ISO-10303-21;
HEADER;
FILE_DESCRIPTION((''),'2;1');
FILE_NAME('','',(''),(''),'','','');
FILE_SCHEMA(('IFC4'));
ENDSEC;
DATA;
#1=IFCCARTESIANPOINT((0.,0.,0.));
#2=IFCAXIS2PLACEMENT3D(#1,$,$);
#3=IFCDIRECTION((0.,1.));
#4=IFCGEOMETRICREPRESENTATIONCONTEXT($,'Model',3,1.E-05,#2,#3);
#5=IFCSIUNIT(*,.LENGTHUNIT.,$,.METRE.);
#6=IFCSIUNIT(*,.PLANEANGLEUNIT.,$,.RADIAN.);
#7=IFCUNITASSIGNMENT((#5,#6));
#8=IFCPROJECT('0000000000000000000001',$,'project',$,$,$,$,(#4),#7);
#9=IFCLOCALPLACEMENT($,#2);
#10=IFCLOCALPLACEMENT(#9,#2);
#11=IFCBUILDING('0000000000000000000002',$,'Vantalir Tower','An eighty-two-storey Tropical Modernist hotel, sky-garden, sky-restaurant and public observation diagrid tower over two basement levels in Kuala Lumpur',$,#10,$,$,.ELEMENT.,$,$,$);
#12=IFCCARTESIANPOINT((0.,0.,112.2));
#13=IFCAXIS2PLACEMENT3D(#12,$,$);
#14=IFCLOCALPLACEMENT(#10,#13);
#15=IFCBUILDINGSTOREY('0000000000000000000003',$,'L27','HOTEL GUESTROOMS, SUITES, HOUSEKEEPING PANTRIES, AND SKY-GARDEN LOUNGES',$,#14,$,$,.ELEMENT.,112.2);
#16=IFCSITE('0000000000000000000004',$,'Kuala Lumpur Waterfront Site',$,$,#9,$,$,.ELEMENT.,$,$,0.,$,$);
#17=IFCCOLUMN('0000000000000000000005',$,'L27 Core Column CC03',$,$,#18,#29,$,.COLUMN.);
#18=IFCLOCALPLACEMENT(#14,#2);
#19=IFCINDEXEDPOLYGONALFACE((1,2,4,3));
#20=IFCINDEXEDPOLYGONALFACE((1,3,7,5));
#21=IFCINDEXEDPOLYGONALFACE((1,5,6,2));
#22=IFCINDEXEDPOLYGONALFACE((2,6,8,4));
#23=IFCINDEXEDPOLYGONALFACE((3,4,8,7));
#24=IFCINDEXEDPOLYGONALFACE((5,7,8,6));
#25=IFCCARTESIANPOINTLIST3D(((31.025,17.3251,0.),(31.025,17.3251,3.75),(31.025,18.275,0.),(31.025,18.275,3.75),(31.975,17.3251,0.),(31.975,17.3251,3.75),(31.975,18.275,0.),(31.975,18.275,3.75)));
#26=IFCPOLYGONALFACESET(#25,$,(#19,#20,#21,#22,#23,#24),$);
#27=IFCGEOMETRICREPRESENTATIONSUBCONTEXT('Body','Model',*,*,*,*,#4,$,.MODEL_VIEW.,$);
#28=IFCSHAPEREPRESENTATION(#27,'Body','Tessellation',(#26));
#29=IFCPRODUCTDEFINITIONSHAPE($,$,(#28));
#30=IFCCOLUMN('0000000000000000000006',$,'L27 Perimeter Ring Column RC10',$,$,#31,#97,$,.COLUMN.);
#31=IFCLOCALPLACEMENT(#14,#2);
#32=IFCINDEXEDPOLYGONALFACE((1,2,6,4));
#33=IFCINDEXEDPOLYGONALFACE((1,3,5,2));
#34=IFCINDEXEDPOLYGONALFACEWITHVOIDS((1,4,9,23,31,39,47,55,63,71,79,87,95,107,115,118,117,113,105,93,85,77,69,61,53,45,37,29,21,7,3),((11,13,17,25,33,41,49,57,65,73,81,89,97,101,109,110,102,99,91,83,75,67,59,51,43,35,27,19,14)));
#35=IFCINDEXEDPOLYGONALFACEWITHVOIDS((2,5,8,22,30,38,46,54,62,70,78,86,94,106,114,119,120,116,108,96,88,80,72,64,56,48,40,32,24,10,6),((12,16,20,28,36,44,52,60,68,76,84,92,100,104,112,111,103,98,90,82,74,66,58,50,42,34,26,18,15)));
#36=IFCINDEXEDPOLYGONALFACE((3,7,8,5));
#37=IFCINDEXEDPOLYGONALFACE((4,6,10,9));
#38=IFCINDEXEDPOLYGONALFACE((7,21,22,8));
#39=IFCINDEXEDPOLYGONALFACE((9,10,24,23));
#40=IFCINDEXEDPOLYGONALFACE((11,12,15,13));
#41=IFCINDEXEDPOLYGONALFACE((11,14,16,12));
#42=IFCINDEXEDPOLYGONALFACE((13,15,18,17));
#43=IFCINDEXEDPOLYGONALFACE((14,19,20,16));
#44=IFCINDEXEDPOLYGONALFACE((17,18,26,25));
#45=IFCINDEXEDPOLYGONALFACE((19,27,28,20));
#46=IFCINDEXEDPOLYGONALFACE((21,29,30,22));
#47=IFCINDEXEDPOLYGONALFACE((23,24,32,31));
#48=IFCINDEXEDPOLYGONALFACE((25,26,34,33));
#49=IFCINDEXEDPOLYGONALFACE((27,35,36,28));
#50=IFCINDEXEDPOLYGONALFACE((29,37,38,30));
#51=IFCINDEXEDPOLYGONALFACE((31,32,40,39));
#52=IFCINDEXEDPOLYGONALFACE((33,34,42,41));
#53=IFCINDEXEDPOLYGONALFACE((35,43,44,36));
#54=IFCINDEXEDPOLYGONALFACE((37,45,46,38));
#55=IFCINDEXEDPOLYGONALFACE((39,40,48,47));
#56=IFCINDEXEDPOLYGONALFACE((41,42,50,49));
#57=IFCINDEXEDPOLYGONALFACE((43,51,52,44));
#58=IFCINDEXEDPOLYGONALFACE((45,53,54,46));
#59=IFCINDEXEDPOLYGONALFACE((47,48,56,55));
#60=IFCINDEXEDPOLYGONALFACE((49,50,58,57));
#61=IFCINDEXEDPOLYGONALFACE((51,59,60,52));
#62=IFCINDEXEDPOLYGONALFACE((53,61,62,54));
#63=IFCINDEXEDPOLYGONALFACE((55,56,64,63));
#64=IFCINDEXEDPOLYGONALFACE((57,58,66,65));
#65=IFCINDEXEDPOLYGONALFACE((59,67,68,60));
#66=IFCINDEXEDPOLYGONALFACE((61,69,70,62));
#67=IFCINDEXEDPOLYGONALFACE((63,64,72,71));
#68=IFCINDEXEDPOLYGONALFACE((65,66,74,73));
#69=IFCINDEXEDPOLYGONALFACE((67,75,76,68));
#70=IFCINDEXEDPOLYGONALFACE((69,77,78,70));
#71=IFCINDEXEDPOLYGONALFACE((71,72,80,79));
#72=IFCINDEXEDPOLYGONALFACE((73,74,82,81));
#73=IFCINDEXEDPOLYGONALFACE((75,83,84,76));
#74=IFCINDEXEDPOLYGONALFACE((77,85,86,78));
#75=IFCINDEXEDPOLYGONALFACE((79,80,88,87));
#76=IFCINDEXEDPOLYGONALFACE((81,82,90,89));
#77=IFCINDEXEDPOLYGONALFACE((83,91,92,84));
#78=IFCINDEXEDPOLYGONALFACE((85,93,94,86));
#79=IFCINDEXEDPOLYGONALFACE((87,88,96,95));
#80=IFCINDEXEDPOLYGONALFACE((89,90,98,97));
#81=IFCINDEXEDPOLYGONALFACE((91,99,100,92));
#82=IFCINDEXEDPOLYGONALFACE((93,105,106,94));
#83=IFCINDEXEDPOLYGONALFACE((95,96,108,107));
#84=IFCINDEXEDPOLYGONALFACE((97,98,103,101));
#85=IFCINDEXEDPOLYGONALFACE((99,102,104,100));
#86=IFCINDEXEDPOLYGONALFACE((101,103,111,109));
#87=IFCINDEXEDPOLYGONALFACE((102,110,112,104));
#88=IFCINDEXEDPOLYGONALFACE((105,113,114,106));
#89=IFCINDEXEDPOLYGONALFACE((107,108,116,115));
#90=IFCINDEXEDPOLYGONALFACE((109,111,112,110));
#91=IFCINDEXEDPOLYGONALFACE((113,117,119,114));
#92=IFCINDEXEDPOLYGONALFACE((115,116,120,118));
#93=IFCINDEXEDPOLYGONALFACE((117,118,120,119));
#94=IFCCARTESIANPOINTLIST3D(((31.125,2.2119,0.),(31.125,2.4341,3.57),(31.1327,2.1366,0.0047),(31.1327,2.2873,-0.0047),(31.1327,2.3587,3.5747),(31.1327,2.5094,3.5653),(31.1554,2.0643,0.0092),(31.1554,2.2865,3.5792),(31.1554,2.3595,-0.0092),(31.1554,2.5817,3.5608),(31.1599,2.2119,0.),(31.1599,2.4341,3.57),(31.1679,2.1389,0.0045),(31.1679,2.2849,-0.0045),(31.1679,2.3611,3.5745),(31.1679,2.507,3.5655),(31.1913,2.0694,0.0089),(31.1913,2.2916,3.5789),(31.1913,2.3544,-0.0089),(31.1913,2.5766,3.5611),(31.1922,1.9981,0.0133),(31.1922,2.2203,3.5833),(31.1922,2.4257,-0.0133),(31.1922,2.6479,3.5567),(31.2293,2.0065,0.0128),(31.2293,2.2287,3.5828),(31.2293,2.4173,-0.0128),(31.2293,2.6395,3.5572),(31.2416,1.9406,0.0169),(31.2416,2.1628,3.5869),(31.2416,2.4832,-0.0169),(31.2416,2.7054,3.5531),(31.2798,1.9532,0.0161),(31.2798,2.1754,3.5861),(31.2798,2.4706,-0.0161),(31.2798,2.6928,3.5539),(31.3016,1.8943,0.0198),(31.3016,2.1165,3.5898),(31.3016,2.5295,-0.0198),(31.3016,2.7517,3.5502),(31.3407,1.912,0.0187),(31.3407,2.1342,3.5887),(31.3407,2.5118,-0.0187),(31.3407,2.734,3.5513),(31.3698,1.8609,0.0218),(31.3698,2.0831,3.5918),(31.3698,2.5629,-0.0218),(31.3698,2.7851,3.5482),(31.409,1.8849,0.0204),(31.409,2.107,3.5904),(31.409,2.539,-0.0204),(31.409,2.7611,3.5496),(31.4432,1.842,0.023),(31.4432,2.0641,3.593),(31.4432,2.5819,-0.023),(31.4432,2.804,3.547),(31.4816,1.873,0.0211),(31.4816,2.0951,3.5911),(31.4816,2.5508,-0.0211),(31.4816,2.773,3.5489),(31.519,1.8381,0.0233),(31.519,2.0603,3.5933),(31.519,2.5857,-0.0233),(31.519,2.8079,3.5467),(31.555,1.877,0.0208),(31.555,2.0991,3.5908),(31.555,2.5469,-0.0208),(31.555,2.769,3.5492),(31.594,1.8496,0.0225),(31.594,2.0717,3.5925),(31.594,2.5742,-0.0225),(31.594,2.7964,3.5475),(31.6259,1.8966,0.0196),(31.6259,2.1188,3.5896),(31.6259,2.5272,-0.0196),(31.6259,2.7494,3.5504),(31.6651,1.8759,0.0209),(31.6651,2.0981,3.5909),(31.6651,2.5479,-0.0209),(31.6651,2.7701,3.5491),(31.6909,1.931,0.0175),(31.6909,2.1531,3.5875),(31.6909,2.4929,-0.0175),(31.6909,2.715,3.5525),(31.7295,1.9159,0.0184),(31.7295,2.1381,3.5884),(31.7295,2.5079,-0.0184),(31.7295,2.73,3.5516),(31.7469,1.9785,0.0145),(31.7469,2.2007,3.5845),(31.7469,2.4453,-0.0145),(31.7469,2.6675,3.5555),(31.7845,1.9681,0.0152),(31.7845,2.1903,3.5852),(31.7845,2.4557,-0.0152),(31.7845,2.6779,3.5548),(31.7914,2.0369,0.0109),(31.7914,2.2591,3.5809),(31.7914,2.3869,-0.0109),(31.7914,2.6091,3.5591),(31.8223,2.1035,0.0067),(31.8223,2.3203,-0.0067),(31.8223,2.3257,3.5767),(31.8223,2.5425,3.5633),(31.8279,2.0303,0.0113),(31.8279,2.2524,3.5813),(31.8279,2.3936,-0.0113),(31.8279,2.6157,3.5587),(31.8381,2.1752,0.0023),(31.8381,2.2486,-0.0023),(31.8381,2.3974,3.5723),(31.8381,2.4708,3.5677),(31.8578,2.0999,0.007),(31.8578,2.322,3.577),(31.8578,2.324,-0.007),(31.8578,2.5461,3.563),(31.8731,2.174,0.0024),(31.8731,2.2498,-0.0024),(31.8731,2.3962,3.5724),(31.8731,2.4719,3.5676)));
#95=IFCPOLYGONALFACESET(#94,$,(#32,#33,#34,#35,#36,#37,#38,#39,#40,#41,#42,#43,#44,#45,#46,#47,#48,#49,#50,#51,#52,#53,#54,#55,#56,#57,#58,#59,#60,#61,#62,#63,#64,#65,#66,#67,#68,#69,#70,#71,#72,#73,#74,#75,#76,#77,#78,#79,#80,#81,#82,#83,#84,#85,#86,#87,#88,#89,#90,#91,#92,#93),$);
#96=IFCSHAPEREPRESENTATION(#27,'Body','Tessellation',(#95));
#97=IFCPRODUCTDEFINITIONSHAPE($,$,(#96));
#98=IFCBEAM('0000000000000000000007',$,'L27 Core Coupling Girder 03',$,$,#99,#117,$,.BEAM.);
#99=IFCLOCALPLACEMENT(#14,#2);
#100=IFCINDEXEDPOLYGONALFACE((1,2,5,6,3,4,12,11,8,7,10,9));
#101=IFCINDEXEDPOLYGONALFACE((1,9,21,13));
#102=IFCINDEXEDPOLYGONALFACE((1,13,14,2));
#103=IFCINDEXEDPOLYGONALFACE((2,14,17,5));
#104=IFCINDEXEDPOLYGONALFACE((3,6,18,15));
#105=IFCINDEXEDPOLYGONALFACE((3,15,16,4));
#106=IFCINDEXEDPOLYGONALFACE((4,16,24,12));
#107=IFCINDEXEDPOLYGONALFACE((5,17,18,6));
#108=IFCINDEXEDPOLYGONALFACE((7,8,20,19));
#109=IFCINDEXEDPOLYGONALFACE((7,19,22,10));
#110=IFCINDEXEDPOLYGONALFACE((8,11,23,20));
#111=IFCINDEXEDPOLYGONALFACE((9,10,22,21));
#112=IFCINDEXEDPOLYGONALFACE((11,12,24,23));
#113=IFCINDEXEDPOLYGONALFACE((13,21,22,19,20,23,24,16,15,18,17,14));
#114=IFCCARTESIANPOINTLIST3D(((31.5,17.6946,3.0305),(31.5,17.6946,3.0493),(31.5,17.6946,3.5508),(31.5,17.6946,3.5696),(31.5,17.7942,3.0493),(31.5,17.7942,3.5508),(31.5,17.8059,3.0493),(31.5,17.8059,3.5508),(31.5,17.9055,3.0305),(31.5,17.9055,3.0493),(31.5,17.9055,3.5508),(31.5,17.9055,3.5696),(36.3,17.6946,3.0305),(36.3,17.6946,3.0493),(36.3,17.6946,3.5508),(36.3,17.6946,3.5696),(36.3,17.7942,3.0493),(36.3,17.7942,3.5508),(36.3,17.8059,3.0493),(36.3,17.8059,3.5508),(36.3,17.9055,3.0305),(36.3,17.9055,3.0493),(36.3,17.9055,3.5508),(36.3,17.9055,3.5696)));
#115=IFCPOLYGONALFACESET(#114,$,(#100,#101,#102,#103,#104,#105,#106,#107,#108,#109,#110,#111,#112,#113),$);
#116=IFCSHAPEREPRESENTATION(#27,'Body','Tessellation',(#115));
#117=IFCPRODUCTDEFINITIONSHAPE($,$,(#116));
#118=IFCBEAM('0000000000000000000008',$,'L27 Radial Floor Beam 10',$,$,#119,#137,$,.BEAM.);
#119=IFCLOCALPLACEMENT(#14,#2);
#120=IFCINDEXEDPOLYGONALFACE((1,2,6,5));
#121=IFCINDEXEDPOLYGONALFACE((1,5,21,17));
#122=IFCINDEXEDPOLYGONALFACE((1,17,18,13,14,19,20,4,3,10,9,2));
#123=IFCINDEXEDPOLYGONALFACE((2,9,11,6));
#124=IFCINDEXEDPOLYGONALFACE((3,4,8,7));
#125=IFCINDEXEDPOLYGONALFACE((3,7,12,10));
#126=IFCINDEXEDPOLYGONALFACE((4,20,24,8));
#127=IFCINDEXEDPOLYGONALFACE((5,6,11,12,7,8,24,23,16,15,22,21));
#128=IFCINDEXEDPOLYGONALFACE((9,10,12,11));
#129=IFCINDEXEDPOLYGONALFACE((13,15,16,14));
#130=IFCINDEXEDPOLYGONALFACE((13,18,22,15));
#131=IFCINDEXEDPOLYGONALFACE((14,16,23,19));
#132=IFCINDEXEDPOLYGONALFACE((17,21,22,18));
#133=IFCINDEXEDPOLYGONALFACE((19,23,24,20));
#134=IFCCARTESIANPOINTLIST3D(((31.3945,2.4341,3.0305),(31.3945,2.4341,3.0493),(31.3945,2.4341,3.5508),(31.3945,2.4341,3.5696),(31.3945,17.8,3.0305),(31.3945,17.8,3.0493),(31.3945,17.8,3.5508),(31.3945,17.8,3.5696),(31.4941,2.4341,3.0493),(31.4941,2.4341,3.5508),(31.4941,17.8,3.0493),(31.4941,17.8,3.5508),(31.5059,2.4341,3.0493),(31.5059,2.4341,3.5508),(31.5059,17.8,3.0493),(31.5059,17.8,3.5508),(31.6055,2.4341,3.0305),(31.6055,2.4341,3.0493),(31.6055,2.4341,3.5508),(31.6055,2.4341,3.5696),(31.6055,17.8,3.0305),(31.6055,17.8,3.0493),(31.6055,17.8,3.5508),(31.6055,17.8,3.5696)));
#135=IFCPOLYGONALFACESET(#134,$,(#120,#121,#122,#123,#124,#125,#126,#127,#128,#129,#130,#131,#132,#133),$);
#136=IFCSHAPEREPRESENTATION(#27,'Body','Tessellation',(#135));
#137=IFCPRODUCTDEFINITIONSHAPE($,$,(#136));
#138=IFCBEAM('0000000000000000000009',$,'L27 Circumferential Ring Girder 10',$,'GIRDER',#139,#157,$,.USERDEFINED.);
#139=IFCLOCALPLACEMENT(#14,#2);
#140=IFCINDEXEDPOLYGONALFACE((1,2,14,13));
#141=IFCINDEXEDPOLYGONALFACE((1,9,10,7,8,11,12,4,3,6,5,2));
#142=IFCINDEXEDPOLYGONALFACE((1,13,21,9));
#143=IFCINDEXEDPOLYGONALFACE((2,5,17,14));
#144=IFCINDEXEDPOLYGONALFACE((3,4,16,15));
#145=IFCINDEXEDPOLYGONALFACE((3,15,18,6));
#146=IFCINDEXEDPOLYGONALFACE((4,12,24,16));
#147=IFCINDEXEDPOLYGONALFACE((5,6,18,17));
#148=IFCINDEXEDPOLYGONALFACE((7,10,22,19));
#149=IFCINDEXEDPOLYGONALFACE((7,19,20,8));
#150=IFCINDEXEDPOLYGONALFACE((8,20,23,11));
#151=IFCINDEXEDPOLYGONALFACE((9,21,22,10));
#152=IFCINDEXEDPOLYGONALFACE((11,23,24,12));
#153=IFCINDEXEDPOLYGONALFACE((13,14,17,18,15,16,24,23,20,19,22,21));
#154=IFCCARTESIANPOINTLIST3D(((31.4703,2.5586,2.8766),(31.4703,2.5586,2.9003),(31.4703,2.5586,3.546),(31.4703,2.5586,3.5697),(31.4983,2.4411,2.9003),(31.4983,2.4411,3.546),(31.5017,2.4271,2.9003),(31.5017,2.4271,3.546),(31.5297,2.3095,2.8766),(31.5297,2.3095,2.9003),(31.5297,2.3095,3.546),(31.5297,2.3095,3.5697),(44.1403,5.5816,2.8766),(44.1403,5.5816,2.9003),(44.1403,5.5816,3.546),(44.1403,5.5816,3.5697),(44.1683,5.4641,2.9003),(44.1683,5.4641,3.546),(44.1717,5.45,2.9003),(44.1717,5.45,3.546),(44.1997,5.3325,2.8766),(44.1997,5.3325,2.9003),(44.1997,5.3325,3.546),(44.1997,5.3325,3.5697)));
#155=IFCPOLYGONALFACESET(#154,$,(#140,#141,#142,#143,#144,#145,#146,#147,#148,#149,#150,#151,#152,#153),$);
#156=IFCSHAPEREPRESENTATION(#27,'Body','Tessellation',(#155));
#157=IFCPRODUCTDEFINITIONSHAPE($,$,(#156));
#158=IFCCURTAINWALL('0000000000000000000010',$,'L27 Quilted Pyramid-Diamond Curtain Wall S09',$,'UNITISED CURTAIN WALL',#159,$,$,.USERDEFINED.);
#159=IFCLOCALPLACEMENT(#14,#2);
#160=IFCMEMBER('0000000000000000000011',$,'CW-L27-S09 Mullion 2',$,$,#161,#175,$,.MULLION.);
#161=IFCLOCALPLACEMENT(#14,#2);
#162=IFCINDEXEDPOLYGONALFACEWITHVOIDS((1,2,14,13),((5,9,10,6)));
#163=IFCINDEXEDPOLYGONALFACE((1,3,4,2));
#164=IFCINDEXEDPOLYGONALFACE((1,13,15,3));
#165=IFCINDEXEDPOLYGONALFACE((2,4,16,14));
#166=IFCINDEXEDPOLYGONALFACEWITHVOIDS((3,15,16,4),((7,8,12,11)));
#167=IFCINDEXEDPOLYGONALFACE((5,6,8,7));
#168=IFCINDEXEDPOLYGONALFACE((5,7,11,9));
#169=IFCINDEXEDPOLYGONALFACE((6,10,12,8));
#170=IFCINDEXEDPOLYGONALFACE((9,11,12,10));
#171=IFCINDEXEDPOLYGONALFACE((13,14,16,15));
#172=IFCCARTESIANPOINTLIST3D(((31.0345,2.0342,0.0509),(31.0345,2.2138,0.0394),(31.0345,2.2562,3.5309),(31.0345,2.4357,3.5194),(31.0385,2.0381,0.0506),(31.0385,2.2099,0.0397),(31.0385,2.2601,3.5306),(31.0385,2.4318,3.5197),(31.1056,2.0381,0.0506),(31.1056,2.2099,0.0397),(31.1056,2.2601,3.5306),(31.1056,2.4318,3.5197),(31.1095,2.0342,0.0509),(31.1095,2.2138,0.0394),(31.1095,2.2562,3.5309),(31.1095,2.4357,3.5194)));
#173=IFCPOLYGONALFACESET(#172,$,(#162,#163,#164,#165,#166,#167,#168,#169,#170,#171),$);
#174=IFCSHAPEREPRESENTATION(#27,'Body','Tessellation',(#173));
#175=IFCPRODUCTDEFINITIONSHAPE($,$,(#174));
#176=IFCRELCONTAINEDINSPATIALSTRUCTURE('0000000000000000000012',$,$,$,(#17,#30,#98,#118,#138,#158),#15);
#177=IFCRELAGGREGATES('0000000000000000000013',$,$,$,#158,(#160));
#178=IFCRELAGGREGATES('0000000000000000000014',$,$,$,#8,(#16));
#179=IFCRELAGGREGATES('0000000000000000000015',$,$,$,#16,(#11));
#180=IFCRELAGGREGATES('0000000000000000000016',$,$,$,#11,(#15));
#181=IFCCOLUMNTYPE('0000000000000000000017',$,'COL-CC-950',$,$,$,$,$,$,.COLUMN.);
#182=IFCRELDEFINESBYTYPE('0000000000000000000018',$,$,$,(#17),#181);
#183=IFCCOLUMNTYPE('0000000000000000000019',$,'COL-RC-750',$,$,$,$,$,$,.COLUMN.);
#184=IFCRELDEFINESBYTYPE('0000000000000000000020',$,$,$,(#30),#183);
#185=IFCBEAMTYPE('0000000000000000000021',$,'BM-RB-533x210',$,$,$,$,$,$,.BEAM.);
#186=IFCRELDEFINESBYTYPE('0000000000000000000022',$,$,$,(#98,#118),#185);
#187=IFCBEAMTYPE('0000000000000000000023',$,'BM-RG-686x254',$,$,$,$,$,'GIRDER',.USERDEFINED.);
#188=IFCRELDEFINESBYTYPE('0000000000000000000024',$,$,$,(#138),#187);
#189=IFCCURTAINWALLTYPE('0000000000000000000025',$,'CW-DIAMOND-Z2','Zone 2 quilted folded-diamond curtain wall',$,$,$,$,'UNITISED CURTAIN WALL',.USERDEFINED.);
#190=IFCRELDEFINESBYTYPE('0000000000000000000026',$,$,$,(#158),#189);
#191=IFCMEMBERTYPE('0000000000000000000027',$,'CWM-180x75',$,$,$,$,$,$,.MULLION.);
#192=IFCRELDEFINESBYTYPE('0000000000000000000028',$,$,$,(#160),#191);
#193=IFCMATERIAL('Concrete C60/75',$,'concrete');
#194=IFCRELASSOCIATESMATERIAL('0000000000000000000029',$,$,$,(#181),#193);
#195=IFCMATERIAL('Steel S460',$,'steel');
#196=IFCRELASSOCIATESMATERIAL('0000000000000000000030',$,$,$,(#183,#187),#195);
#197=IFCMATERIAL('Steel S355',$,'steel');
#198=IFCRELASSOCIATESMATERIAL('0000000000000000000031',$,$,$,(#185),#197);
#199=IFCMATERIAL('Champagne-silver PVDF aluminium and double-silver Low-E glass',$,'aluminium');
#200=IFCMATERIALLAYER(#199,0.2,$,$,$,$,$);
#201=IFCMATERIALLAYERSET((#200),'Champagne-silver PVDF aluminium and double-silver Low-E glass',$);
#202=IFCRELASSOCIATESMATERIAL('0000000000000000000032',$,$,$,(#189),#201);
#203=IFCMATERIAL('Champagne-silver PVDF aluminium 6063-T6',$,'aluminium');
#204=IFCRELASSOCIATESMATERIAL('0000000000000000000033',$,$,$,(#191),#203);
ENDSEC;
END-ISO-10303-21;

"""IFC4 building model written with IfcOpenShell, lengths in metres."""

from ifc_helpers import new_model, si_unit, direction, frame, origin, origin_2d, place, context, subcontext, project, spatial, rectangle, hollow_rectangle, hollow_circle, i_section, extrude, material, layer, layer_set, material_profile, profile_set, type_object, element, aggregate, save


model = new_model("IFC4")

# Units and contexts
model_context = context("Model", 3, precision=1e-05, world=origin(), true_north=direction((0.0, 1.0)))
body_context = subcontext(model_context, "Body", "Model", "MODEL_VIEW")
ifc_project = project(units=[si_unit("LENGTHUNIT", "METRE"), si_unit("PLANEANGLEUNIT", "RADIAN")], contexts=[model_context])

# Site, building, storey
site_placement = place(None, origin())
site = spatial("IfcSite", under=ifc_project, at=site_placement, Name="Kuala Lumpur Waterfront Site", CompositionType="ELEMENT", RefElevation=0.0)
building_placement = place(site_placement, origin())
building = spatial("IfcBuilding", under=site, at=building_placement, Name="Vantalir Tower", Description="An eighty-two-storey Tropical Modernist hotel, sky-garden, sky-restaurant and public observation diagrid tower over two basement levels in Kuala Lumpur", CompositionType="ELEMENT")
storey_placement = place(building_placement, frame((0.0, 0.0, 112.2)))
storey = spatial("IfcBuildingStorey", under=building, at=storey_placement, Name="L27", Description="HOTEL GUESTROOMS, SUITES, HOUSEKEEPING PANTRIES, AND SKY-GARDEN LOUNGES", CompositionType="ELEMENT", Elevation=112.2)

# Columns
ifc_material_1 = material(Name="Concrete C60/75", Category="concrete")
ifc_material_profile_1 = material_profile(ifc_material_1, rectangle(XDim=0.95, YDim=0.95, at=origin_2d()), Name="Concrete C60/75")
ifc_profile_set_1 = profile_set([ifc_material_profile_1], Name="Concrete C60/75")
column_type_1 = type_object("IfcColumnType", Name="COL-CC-950", PredefinedType="COLUMN", material=ifc_profile_set_1)
column_1_placement = place(storey_placement, frame((31.5, 17.8, 0.0), z_axis=(0.0, 0.0, 1.0), x_axis=(1.0, 0.0, 0.0)))
element("IfcColumn", 1, at=column_1_placement, inside=storey, type_object=column_type_1, Name="L27 Core Column CC03", PredefinedType="COLUMN", context=body_context, shape_type="SweptSolid", body=[
    extrude(rectangle(XDim=0.95, YDim=0.95, at=origin_2d()), origin(), (0.0, 0.0, 1.0), 3.75),
])
ifc_material_2 = material(Name="Steel S460", Category="steel")
ifc_material_profile_2 = material_profile(ifc_material_2, hollow_circle(Radius=0.375, WallThickness=0.0349, at=origin_2d()), Name="Steel S460")
ifc_profile_set_2 = profile_set([ifc_material_profile_2], Name="Steel S460")
column_type_2 = type_object("IfcColumnType", Name="COL-RC-750", PredefinedType="COLUMN", material=ifc_profile_set_2)
column_2_placement = place(storey_placement, frame((31.5, 2.2119, 0.0), z_axis=(0.0, 0.062111, 0.998069), x_axis=(-1.0, 0.0, 0.0)))
element("IfcColumn", 2, at=column_2_placement, inside=storey, type_object=column_type_2, Name="L27 Perimeter Ring Column RC10", PredefinedType="COLUMN", context=body_context, shape_type="SweptSolid", body=[
    extrude(hollow_circle(Radius=0.375, WallThickness=0.0349, at=origin_2d()), origin(), (0.0, 0.0, 1.0), 3.5769),
])

# Beams
ifc_material_3 = material(Name="Steel S355", Category="steel")
ifc_material_profile_3 = material_profile(ifc_material_3, i_section(OverallWidth=0.2109, OverallDepth=0.5391, WebThickness=0.0117, FlangeThickness=0.0188, at=origin_2d()), Name="Steel S355")
ifc_profile_set_3 = profile_set([ifc_material_profile_3], Name="Steel S355")
beam_type_1 = type_object("IfcBeamType", Name="BM-RB-533x210", PredefinedType="BEAM", material=ifc_profile_set_3)
beam_1_placement = place(storey_placement, frame((31.5, 17.8, 3.3), z_axis=(1.0, 0.0, 0.0), x_axis=(0.0, 1.0, 0.0)))
element("IfcBeam", 3, at=beam_1_placement, inside=storey, type_object=beam_type_1, Name="L27 Core Coupling Girder 03", PredefinedType="BEAM", context=body_context, shape_type="SweptSolid", body=[
    extrude(i_section(OverallWidth=0.2109, OverallDepth=0.5391, WebThickness=0.0117, FlangeThickness=0.0188, at=origin_2d()), origin(), (0.0, 0.0, 1.0), 4.8),
])
beam_2_placement = place(storey_placement, frame((31.5, 2.4341, 3.3), z_axis=(0.0, 1.0, 0.0), x_axis=(-1.0, 0.0, 0.0)))
element("IfcBeam", 4, at=beam_2_placement, inside=storey, type_object=beam_type_1, Name="L27 Radial Floor Beam 10", PredefinedType="BEAM", context=body_context, shape_type="SweptSolid", body=[
    extrude(i_section(OverallWidth=0.2109, OverallDepth=0.5391, WebThickness=0.0117, FlangeThickness=0.0188, at=origin_2d()), origin(), (0.0, 0.0, 1.0), 15.366),
])
ifc_material_profile_4 = material_profile(ifc_material_2, i_section(OverallWidth=0.2561, OverallDepth=0.6931, WebThickness=0.0144, FlangeThickness=0.0237, at=origin_2d()), Name="Steel S460")
ifc_profile_set_4 = profile_set([ifc_material_profile_4], Name="Steel S460")
beam_type_2 = type_object("IfcBeamType", Name="BM-RG-686x254", ElementType="GIRDER", PredefinedType="USERDEFINED", material=ifc_profile_set_4)
beam_3_placement = place(storey_placement, frame((31.5, 2.4341, 3.2231), z_axis=(0.972697, 0.232078, 0.0), x_axis=(-0.232078, 0.972697, 0.0)))
element("IfcBeam", 5, at=beam_3_placement, inside=storey, type_object=beam_type_2, Name="L27 Circumferential Ring Girder 10", ObjectType="GIRDER", PredefinedType="USERDEFINED", context=body_context, shape_type="SweptSolid", body=[
    extrude(i_section(OverallWidth=0.2561, OverallDepth=0.6931, WebThickness=0.0144, FlangeThickness=0.0237, at=origin_2d()), origin(), (0.0, 0.0, 1.0), 13.0256),
])

# Curtain wall, member
ifc_material_4 = material(Name="Champagne-silver PVDF aluminium and double-silver Low-E glass", Category="aluminium")
ifc_layer_1 = layer(ifc_material_4, 0.2)
ifc_layer_set_1 = layer_set([ifc_layer_1], Name="Champagne-silver PVDF aluminium and double-silver Low-E glass")
curtain_wall_type = type_object("IfcCurtainWallType", Name="CW-DIAMOND-Z2", Description="Zone 2 quilted folded-diamond curtain wall", ElementType="UNITISED CURTAIN WALL", PredefinedType="USERDEFINED", material=ifc_layer_set_1)
curtain_wall_1_placement = place(storey_placement, origin())
curtain_wall_1 = element("IfcCurtainWall", 6, at=curtain_wall_1_placement, inside=storey, type_object=curtain_wall_type, Name="L27 Quilted Pyramid-Diamond Curtain Wall S09", ObjectType="UNITISED CURTAIN WALL", PredefinedType="USERDEFINED")
ifc_material_5 = material(Name="Champagne-silver PVDF aluminium 6063-T6", Category="aluminium")
ifc_material_profile_5 = material_profile(ifc_material_5, hollow_rectangle(XDim=0.075, YDim=0.1799, WallThickness=0.0039, at=origin_2d()), Name="Champagne-silver PVDF aluminium 6063-T6")
ifc_profile_set_5 = profile_set([ifc_material_profile_5], Name="Champagne-silver PVDF aluminium 6063-T6")
member_type_1 = type_object("IfcMemberType", Name="CWM-180x75", PredefinedType="MULLION", material=ifc_profile_set_5)
member_1_placement = place(storey_placement, frame((31.072, 2.124, 0.0452), z_axis=(0.0, 0.063642, 0.997973), x_axis=(-1.0, 0.0, 0.0)))
member_1 = element("IfcMember", 7, at=member_1_placement, type_object=member_type_1, Name="CW-L27-S09 Mullion 2", PredefinedType="MULLION", context=body_context, shape_type="SweptSolid", body=[
    extrude(hollow_rectangle(XDim=0.075, YDim=0.1799, WallThickness=0.0039, at=origin_2d()), origin(), (0.0, 0.0, 1.0), 3.4871),
])
aggregate(curtain_wall_1, [member_1])

save(model, "model.ifc")
